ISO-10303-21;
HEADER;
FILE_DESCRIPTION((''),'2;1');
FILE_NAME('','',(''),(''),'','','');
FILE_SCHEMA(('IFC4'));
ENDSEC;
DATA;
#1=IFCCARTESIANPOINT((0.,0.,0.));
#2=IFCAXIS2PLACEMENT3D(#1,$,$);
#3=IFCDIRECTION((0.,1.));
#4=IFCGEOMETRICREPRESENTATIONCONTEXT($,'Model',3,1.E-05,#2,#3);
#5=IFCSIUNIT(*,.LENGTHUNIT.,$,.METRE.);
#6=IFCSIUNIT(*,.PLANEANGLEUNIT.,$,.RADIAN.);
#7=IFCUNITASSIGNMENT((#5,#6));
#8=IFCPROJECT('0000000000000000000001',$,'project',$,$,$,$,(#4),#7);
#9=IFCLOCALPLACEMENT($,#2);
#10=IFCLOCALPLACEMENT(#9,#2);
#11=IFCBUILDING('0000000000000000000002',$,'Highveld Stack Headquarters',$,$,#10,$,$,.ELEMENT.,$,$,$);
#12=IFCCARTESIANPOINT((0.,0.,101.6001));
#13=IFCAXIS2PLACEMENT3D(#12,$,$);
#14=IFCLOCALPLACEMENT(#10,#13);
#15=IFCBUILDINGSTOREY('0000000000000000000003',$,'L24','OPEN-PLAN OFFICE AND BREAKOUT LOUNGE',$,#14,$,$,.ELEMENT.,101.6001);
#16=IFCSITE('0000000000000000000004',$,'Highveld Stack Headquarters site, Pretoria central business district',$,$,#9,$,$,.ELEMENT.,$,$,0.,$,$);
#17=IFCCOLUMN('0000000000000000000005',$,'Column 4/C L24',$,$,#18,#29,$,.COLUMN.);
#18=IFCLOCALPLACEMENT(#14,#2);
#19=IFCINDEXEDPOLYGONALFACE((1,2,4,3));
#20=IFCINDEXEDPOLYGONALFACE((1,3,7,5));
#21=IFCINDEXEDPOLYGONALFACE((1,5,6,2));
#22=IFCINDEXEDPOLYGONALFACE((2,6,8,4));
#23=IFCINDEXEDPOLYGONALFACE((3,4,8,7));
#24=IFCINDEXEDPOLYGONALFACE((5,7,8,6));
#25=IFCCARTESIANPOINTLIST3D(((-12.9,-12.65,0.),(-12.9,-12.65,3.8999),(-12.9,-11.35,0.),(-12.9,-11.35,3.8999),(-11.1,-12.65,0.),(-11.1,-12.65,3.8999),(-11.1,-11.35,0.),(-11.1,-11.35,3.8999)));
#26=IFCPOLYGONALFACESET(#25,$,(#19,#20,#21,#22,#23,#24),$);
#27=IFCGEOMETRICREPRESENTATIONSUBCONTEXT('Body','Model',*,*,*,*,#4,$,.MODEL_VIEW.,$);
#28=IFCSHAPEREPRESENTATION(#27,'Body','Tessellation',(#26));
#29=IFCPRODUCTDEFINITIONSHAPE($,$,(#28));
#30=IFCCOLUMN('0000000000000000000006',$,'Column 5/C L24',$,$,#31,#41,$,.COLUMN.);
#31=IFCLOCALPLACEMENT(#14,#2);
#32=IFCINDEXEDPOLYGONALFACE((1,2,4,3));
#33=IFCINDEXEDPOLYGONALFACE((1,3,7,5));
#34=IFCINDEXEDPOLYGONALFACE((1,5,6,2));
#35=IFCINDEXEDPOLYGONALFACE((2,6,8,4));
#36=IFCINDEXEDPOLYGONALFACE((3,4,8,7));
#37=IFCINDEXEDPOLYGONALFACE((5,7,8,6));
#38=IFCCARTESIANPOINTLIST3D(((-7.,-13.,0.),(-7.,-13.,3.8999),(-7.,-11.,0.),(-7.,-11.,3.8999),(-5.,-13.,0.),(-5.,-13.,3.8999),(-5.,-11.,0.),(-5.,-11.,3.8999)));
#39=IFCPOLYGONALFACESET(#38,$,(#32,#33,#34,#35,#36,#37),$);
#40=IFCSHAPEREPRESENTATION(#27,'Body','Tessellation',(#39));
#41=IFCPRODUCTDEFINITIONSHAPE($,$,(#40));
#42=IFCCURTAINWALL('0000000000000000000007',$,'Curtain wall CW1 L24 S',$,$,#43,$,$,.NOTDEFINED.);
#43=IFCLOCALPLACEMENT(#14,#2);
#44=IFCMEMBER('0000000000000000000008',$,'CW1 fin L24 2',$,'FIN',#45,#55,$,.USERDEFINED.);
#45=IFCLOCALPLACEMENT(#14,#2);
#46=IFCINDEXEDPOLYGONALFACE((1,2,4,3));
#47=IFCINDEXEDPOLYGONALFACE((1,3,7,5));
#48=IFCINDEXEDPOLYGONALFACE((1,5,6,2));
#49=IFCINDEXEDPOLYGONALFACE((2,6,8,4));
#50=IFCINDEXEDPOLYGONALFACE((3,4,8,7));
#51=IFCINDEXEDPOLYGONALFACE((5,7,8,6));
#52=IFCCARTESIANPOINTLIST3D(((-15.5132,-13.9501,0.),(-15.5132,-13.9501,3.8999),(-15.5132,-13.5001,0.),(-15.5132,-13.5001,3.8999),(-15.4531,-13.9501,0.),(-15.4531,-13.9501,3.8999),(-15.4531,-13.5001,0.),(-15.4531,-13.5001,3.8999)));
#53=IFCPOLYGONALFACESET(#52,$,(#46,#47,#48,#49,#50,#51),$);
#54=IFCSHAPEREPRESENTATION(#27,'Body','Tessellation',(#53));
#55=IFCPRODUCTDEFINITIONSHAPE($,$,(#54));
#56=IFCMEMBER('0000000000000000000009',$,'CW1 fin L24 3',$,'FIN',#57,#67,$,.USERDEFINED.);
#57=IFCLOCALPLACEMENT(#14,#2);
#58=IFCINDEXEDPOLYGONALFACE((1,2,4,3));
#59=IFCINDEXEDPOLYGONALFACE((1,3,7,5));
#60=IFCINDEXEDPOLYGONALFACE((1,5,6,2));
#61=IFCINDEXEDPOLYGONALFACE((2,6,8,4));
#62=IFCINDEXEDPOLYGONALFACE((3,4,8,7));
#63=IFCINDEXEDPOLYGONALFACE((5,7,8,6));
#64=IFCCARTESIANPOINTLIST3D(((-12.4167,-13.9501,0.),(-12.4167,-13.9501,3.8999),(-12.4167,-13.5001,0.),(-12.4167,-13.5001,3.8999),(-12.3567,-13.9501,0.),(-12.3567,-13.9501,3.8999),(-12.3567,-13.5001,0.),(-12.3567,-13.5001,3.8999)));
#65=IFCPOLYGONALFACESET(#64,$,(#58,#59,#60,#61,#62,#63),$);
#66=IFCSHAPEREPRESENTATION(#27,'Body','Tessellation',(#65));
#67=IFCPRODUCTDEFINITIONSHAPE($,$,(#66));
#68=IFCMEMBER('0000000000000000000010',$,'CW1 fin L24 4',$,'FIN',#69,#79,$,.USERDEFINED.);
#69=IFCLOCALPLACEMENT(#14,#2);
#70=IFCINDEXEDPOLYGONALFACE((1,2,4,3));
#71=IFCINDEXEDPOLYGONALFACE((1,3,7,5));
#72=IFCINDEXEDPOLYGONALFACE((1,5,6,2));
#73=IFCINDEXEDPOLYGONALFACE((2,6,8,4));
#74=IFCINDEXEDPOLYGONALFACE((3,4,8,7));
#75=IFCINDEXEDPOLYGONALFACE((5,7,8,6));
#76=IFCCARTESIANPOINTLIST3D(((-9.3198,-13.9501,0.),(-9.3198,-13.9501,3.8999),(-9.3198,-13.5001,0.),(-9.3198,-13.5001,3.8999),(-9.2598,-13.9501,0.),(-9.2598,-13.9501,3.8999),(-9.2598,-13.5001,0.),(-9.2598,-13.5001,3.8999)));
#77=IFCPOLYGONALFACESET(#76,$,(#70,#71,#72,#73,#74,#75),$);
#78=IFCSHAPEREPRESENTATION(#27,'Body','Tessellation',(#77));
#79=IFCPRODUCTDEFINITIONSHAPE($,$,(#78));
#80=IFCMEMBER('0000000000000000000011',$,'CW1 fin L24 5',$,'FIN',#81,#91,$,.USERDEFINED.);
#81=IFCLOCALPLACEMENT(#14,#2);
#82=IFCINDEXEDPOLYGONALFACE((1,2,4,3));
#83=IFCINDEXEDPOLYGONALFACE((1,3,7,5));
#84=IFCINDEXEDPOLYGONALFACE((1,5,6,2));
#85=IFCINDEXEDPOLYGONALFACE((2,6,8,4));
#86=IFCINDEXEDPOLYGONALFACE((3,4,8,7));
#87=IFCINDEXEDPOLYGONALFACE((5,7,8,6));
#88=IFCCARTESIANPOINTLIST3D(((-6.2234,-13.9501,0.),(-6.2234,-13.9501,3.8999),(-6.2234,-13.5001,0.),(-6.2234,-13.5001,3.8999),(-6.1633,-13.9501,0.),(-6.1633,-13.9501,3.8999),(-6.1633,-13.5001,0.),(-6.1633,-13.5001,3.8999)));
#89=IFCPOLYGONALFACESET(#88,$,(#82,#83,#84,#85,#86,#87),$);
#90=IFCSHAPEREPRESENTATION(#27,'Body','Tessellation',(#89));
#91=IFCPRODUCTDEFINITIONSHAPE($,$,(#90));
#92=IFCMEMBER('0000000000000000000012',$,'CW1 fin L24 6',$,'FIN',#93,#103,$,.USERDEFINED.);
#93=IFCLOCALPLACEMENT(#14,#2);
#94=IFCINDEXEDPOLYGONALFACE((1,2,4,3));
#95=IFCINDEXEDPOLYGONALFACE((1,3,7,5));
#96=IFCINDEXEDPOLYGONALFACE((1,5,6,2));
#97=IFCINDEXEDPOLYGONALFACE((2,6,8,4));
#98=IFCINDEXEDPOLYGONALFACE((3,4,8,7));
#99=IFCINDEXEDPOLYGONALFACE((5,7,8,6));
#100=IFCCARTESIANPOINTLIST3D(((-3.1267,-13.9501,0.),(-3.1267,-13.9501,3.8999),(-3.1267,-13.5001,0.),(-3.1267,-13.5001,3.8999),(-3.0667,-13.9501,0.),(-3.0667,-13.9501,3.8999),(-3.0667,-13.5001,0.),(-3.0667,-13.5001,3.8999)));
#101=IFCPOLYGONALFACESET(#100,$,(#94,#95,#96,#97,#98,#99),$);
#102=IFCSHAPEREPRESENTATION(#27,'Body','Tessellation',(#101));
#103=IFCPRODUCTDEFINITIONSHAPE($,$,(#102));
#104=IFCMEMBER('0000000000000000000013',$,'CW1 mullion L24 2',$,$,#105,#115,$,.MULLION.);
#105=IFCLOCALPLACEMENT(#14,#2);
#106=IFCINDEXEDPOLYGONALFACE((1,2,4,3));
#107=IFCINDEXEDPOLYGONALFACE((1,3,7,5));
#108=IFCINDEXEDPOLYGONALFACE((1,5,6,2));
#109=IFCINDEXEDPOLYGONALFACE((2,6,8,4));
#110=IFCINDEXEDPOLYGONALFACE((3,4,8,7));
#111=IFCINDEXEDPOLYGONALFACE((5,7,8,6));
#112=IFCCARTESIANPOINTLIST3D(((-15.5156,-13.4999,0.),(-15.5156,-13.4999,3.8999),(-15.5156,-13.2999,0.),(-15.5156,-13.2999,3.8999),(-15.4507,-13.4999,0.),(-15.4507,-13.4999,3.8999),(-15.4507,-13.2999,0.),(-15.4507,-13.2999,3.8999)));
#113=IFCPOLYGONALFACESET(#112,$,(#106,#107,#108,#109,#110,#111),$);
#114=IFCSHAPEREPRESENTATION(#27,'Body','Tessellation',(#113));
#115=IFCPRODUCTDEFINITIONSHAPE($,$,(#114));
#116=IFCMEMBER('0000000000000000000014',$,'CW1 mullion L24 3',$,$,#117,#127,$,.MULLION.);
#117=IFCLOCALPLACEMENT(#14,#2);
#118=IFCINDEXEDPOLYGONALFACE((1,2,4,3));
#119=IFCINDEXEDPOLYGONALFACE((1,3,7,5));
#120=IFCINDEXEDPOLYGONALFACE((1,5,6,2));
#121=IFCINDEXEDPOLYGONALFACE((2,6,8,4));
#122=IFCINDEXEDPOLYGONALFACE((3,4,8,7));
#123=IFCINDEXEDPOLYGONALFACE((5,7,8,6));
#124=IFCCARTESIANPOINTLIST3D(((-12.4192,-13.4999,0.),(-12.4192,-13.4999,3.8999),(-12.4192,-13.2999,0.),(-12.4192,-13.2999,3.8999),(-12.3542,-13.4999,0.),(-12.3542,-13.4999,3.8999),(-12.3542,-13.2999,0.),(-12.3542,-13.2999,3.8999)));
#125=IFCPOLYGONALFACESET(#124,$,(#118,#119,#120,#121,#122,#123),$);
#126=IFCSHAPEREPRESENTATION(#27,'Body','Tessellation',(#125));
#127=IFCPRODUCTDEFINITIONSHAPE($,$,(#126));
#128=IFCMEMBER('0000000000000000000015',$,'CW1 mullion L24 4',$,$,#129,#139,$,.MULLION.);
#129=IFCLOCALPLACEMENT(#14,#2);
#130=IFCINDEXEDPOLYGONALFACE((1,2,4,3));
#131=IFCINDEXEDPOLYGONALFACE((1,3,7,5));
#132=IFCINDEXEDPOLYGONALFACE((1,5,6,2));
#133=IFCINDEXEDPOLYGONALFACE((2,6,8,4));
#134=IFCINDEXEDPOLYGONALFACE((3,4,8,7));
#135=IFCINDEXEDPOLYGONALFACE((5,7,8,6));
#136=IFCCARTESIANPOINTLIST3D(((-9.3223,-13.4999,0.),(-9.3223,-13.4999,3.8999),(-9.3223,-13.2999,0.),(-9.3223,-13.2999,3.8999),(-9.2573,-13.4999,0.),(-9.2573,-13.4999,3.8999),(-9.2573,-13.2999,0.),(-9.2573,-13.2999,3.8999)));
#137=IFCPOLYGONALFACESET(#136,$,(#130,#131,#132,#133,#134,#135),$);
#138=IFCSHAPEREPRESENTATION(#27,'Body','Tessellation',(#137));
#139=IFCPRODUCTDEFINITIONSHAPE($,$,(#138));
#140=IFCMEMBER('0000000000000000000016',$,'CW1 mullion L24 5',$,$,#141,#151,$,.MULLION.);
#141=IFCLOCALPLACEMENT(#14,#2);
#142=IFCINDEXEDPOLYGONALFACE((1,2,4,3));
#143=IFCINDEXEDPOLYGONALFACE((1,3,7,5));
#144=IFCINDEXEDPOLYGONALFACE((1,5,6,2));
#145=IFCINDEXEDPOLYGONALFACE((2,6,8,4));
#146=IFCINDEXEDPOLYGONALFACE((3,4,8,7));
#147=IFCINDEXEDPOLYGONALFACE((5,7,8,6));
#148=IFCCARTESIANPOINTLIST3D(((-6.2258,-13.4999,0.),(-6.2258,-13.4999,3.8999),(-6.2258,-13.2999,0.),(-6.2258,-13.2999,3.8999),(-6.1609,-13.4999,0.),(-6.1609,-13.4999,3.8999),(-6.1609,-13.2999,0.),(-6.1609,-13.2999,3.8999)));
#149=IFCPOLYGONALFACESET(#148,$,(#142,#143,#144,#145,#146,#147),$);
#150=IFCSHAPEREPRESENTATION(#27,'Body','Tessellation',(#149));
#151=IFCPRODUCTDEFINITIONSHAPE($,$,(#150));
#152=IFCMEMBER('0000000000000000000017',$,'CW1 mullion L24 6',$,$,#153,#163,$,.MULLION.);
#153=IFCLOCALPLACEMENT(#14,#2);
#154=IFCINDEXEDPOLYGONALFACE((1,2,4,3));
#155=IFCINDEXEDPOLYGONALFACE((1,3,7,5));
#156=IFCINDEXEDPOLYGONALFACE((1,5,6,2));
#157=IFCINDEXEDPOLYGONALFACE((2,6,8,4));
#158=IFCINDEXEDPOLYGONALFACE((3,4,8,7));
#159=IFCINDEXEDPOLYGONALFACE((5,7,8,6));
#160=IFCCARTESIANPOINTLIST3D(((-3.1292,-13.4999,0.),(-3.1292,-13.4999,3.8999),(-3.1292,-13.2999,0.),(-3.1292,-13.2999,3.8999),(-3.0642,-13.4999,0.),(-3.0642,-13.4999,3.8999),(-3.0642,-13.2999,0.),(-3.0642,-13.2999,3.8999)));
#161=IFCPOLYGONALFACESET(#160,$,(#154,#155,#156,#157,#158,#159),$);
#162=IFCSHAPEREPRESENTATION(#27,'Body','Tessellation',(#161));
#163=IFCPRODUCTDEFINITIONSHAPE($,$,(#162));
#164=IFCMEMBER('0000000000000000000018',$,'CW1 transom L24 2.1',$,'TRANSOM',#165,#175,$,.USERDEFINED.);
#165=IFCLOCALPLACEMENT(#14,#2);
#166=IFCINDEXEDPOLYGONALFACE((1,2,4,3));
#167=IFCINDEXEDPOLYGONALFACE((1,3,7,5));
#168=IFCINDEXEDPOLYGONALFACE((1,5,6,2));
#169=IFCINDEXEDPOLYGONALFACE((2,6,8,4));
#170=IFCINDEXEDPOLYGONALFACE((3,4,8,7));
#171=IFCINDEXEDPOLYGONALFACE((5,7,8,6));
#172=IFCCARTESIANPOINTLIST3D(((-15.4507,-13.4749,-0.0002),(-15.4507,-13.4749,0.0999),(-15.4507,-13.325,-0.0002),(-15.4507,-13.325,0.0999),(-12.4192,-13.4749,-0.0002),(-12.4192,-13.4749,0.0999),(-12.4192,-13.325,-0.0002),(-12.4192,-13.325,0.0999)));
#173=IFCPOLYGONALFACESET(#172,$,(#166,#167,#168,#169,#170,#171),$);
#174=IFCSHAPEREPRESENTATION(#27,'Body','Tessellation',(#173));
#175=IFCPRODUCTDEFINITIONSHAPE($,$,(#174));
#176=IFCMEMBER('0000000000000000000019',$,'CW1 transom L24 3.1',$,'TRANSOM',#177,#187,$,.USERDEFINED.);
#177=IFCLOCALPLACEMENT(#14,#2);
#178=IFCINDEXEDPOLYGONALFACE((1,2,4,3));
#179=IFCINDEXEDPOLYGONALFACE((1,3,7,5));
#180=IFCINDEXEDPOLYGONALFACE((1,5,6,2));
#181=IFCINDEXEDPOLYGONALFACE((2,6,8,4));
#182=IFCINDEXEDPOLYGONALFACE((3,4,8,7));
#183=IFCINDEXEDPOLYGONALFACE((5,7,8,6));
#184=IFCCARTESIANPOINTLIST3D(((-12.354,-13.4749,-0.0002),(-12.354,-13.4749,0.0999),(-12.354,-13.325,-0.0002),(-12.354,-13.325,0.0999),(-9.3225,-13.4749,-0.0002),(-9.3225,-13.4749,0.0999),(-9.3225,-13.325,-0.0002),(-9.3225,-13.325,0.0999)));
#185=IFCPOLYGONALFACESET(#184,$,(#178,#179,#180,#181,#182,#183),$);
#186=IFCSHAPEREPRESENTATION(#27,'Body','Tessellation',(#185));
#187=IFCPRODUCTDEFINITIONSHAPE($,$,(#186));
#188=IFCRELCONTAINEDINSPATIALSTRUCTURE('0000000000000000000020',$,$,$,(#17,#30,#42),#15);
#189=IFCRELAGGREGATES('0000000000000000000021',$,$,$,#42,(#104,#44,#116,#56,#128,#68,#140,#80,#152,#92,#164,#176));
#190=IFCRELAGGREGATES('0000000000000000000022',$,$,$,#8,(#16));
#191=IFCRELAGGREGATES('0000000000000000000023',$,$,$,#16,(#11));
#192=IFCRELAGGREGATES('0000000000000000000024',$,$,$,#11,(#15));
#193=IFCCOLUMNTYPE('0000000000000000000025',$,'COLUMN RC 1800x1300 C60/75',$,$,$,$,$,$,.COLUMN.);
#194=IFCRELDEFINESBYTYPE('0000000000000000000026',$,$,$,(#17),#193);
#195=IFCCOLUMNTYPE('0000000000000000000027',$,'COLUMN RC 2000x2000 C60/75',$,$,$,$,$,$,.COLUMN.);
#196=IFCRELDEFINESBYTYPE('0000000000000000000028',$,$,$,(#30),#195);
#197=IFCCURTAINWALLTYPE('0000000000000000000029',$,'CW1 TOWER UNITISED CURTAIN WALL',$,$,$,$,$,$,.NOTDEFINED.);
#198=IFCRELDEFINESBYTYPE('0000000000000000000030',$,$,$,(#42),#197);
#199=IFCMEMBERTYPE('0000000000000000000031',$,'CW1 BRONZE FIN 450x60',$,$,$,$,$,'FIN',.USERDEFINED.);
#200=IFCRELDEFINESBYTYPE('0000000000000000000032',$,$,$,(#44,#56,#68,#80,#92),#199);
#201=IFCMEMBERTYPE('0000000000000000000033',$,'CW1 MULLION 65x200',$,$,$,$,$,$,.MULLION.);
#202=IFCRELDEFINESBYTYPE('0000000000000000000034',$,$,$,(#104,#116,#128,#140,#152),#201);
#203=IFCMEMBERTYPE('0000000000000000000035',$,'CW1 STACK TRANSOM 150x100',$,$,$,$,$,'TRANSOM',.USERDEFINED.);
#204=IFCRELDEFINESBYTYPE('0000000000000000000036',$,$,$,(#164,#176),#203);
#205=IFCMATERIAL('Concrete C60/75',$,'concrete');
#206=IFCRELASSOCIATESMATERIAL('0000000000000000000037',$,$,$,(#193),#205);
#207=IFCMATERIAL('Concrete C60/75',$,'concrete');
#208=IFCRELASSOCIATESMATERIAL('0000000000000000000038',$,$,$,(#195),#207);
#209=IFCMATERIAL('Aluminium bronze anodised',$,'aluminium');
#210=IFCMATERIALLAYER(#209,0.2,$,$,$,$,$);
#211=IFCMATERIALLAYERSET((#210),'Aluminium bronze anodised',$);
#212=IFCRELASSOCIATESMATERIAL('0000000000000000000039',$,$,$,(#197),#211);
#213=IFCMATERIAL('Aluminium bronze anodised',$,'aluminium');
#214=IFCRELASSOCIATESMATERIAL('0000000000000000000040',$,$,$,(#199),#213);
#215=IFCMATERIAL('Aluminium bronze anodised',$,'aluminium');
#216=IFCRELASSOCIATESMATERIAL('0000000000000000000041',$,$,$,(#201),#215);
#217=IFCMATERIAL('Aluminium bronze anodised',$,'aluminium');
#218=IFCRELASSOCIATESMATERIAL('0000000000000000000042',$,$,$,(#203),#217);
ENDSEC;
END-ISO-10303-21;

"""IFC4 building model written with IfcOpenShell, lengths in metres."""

from ifc_helpers import new_model, si_unit, direction, frame, origin, origin_2d, place, context, subcontext, project, spatial, rectangle, extrude, material, layer, layer_set, material_profile, profile_set, type_object, element, aggregate, save


model = new_model("IFC4")

# Units and contexts
model_context = context("Model", 3, precision=1e-05, world=origin(), true_north=direction((0.0, 1.0)))
body_context = subcontext(model_context, "Body", "Model", "MODEL_VIEW")
ifc_project = project(units=[si_unit("LENGTHUNIT", "METRE"), si_unit("PLANEANGLEUNIT", "RADIAN")], contexts=[model_context])

# Site, building, storey
site_placement = place(None, origin())
site = spatial("IfcSite", under=ifc_project, at=site_placement, Name="Highveld Stack Headquarters site, Pretoria central business district", CompositionType="ELEMENT", RefElevation=0.0)
building_placement = place(site_placement, origin())
building = spatial("IfcBuilding", under=site, at=building_placement, Name="Highveld Stack Headquarters", CompositionType="ELEMENT")
storey_placement = place(building_placement, frame((0.0, 0.0, 101.6001)))
storey = spatial("IfcBuildingStorey", under=building, at=storey_placement, Name="L24", Description="OPEN-PLAN OFFICE AND BREAKOUT LOUNGE", CompositionType="ELEMENT", Elevation=101.6001)

# Columns
ifc_material_1 = material(Name="Concrete C60/75", Category="concrete")
ifc_material_profile_1 = material_profile(ifc_material_1, rectangle(XDim=1.8, YDim=1.3, at=origin_2d()), Name="RC 1800x1300")
ifc_profile_set_1 = profile_set([ifc_material_profile_1], Name="Concrete C60/75")
column_type_1 = type_object("IfcColumnType", Name="COLUMN RC 1800x1300 C60/75", PredefinedType="COLUMN", material=ifc_profile_set_1)
column_1_placement = place(storey_placement, frame((-12.0, -12.0, 0.0), z_axis=(0.0, 0.0, 1.0), x_axis=(1.0, 0.0, 0.0)))
element("IfcColumn", 1, at=column_1_placement, inside=storey, type_object=column_type_1, Name="Column 4/C L24", PredefinedType="COLUMN", context=body_context, shape_type="SweptSolid", body=[
    extrude(rectangle(XDim=1.8, YDim=1.3, at=origin_2d()), origin(), (0.0, 0.0, 1.0), 3.8999),
])
ifc_material_2 = material(Name="Concrete C60/75", Category="concrete")
ifc_material_profile_2 = material_profile(ifc_material_2, rectangle(XDim=2.0, YDim=2.0, at=origin_2d()), Name="RC 2000x2000")
ifc_profile_set_2 = profile_set([ifc_material_profile_2], Name="Concrete C60/75")
column_type_2 = type_object("IfcColumnType", Name="COLUMN RC 2000x2000 C60/75", PredefinedType="COLUMN", material=ifc_profile_set_2)
column_2_placement = place(storey_placement, frame((-6.0, -12.0, 0.0), z_axis=(0.0, 0.0, 1.0), x_axis=(1.0, 0.0, 0.0)))
element("IfcColumn", 2, at=column_2_placement, inside=storey, type_object=column_type_2, Name="Column 5/C L24", PredefinedType="COLUMN", context=body_context, shape_type="SweptSolid", body=[
    extrude(rectangle(XDim=2.0, YDim=2.0, at=origin_2d()), origin(), (0.0, 0.0, 1.0), 3.8999),
])

# Curtain wall, members
ifc_material_3 = material(Name="Aluminium bronze anodised", Category="aluminium")
ifc_layer_1 = layer(ifc_material_3, 0.2)
ifc_layer_set_1 = layer_set([ifc_layer_1], Name="Aluminium bronze anodised")
curtain_wall_type = type_object("IfcCurtainWallType", Name="CW1 TOWER UNITISED CURTAIN WALL", PredefinedType="NOTDEFINED", material=ifc_layer_set_1)
curtain_wall_placement = place(storey_placement, origin())
curtain_wall = element("IfcCurtainWall", 3, at=curtain_wall_placement, inside=storey, type_object=curtain_wall_type, Name="Curtain wall CW1 L24 S", PredefinedType="NOTDEFINED")
ifc_material_4 = material(Name="Aluminium bronze anodised", Category="aluminium")
ifc_material_profile_3 = material_profile(ifc_material_4, rectangle(XDim=0.45, YDim=0.0601, at=origin_2d()), Name="FIN 450x60")
ifc_profile_set_3 = profile_set([ifc_material_profile_3], Name="Aluminium bronze anodised")
member_type_1 = type_object("IfcMemberType", Name="CW1 BRONZE FIN 450x60", ElementType="FIN", PredefinedType="USERDEFINED", material=ifc_profile_set_3)
member_1_placement = place(storey_placement, frame((-15.4832, -13.7251, 0.0), z_axis=(0.0, 0.0, 1.0), x_axis=(0.0, 1.0, 0.0)))
member_1 = element("IfcMember", 4, at=member_1_placement, type_object=member_type_1, Name="CW1 fin L24 2", ObjectType="FIN", PredefinedType="USERDEFINED", context=body_context, shape_type="SweptSolid", body=[
    extrude(rectangle(XDim=0.45, YDim=0.0601, at=origin_2d()), origin(), (0.0, 0.0, 1.0), 3.8999),
])
member_2_placement = place(storey_placement, frame((-12.3867, -13.7251, 0.0), z_axis=(0.0, 0.0, 1.0), x_axis=(0.0, 1.0, 0.0)))
member_2 = element("IfcMember", 5, at=member_2_placement, type_object=member_type_1, Name="CW1 fin L24 3", ObjectType="FIN", PredefinedType="USERDEFINED", context=body_context, shape_type="SweptSolid", body=[
    extrude(rectangle(XDim=0.45, YDim=0.0601, at=origin_2d()), origin(), (0.0, 0.0, 1.0), 3.8999),
])
member_3_placement = place(storey_placement, frame((-9.2898, -13.7251, 0.0), z_axis=(0.0, 0.0, 1.0), x_axis=(0.0, 1.0, 0.0)))
member_3 = element("IfcMember", 6, at=member_3_placement, type_object=member_type_1, Name="CW1 fin L24 4", ObjectType="FIN", PredefinedType="USERDEFINED", context=body_context, shape_type="SweptSolid", body=[
    extrude(rectangle(XDim=0.45, YDim=0.0601, at=origin_2d()), origin(), (0.0, 0.0, 1.0), 3.8999),
])
member_4_placement = place(storey_placement, frame((-6.1934, -13.7251, 0.0), z_axis=(0.0, 0.0, 1.0), x_axis=(0.0, 1.0, 0.0)))
member_4 = element("IfcMember", 7, at=member_4_placement, type_object=member_type_1, Name="CW1 fin L24 5", ObjectType="FIN", PredefinedType="USERDEFINED", context=body_context, shape_type="SweptSolid", body=[
    extrude(rectangle(XDim=0.45, YDim=0.0601, at=origin_2d()), origin(), (0.0, 0.0, 1.0), 3.8999),
])
member_5_placement = place(storey_placement, frame((-3.0967, -13.7251, 0.0), z_axis=(0.0, 0.0, 1.0), x_axis=(0.0, 1.0, 0.0)))
member_5 = element("IfcMember", 8, at=member_5_placement, type_object=member_type_1, Name="CW1 fin L24 6", ObjectType="FIN", PredefinedType="USERDEFINED", context=body_context, shape_type="SweptSolid", body=[
    extrude(rectangle(XDim=0.45, YDim=0.0601, at=origin_2d()), origin(), (0.0, 0.0, 1.0), 3.8999),
])
ifc_material_5 = material(Name="Aluminium bronze anodised", Category="aluminium")
ifc_material_profile_4 = material_profile(ifc_material_5, rectangle(XDim=0.2, YDim=0.0649, at=origin_2d()), Name="CW1 MULLION 65x200")
ifc_profile_set_4 = profile_set([ifc_material_profile_4], Name="Aluminium bronze anodised")
member_type_2 = type_object("IfcMemberType", Name="CW1 MULLION 65x200", PredefinedType="MULLION", material=ifc_profile_set_4)
member_6_placement = place(storey_placement, frame((-15.4832, -13.3999, 0.0), z_axis=(0.0, 0.0, 1.0), x_axis=(0.0, 1.0, 0.0)))
member_6 = element("IfcMember", 9, at=member_6_placement, type_object=member_type_2, Name="CW1 mullion L24 2", PredefinedType="MULLION", context=body_context, shape_type="SweptSolid", body=[
    extrude(rectangle(XDim=0.2, YDim=0.0649, at=origin_2d()), origin(), (0.0, 0.0, 1.0), 3.8999),
])
member_7_placement = place(storey_placement, frame((-12.3867, -13.3999, 0.0), z_axis=(0.0, 0.0, 1.0), x_axis=(0.0, 1.0, 0.0)))
member_7 = element("IfcMember", 10, at=member_7_placement, type_object=member_type_2, Name="CW1 mullion L24 3", PredefinedType="MULLION", context=body_context, shape_type="SweptSolid", body=[
    extrude(rectangle(XDim=0.2, YDim=0.0649, at=origin_2d()), origin(), (0.0, 0.0, 1.0), 3.8999),
])
member_8_placement = place(storey_placement, frame((-9.2898, -13.3999, 0.0), z_axis=(0.0, 0.0, 1.0), x_axis=(0.0, 1.0, 0.0)))
member_8 = element("IfcMember", 11, at=member_8_placement, type_object=member_type_2, Name="CW1 mullion L24 4", PredefinedType="MULLION", context=body_context, shape_type="SweptSolid", body=[
    extrude(rectangle(XDim=0.2, YDim=0.0649, at=origin_2d()), origin(), (0.0, 0.0, 1.0), 3.8999),
])
member_9_placement = place(storey_placement, frame((-6.1934, -13.3999, 0.0), z_axis=(0.0, 0.0, 1.0), x_axis=(0.0, 1.0, 0.0)))
member_9 = element("IfcMember", 12, at=member_9_placement, type_object=member_type_2, Name="CW1 mullion L24 5", PredefinedType="MULLION", context=body_context, shape_type="SweptSolid", body=[
    extrude(rectangle(XDim=0.2, YDim=0.0649, at=origin_2d()), origin(), (0.0, 0.0, 1.0), 3.8999),
])
member_10_placement = place(storey_placement, frame((-3.0967, -13.3999, 0.0), z_axis=(0.0, 0.0, 1.0), x_axis=(0.0, 1.0, 0.0)))
member_10 = element("IfcMember", 13, at=member_10_placement, type_object=member_type_2, Name="CW1 mullion L24 6", PredefinedType="MULLION", context=body_context, shape_type="SweptSolid", body=[
    extrude(rectangle(XDim=0.2, YDim=0.0649, at=origin_2d()), origin(), (0.0, 0.0, 1.0), 3.8999),
])
ifc_material_6 = material(Name="Aluminium bronze anodised", Category="aluminium")
ifc_material_profile_5 = material_profile(ifc_material_6, rectangle(XDim=0.1499, YDim=0.1001, at=origin_2d()), Name="CW1 TRANSOM 150x100")
ifc_profile_set_5 = profile_set([ifc_material_profile_5], Name="Aluminium bronze anodised")
member_type_3 = type_object("IfcMemberType", Name="CW1 STACK TRANSOM 150x100", ElementType="TRANSOM", PredefinedType="USERDEFINED", material=ifc_profile_set_5)
member_11_placement = place(storey_placement, frame((-15.4507, -13.3999, 0.0498), z_axis=(1.0, 0.0, 0.0), x_axis=(0.0, 1.0, 0.0)))
member_11 = element("IfcMember", 14, at=member_11_placement, type_object=member_type_3, Name="CW1 transom L24 2.1", ObjectType="TRANSOM", PredefinedType="USERDEFINED", context=body_context, shape_type="SweptSolid", body=[
    extrude(rectangle(XDim=0.1499, YDim=0.1001, at=origin_2d()), origin(), (0.0, 0.0, 1.0), 3.0315),
])
member_12_placement = place(storey_placement, frame((-12.354, -13.3999, 0.0498), z_axis=(1.0, 0.0, 0.0), x_axis=(0.0, 1.0, 0.0)))
member_12 = element("IfcMember", 15, at=member_12_placement, type_object=member_type_3, Name="CW1 transom L24 3.1", ObjectType="TRANSOM", PredefinedType="USERDEFINED", context=body_context, shape_type="SweptSolid", body=[
    extrude(rectangle(XDim=0.1499, YDim=0.1001, at=origin_2d()), origin(), (0.0, 0.0, 1.0), 3.0315),
])
aggregate(curtain_wall, [member_6, member_1, member_7, member_2, member_8, member_3, member_9, member_4, member_10, member_5, member_11, member_12])

save(model, "model.ifc")
